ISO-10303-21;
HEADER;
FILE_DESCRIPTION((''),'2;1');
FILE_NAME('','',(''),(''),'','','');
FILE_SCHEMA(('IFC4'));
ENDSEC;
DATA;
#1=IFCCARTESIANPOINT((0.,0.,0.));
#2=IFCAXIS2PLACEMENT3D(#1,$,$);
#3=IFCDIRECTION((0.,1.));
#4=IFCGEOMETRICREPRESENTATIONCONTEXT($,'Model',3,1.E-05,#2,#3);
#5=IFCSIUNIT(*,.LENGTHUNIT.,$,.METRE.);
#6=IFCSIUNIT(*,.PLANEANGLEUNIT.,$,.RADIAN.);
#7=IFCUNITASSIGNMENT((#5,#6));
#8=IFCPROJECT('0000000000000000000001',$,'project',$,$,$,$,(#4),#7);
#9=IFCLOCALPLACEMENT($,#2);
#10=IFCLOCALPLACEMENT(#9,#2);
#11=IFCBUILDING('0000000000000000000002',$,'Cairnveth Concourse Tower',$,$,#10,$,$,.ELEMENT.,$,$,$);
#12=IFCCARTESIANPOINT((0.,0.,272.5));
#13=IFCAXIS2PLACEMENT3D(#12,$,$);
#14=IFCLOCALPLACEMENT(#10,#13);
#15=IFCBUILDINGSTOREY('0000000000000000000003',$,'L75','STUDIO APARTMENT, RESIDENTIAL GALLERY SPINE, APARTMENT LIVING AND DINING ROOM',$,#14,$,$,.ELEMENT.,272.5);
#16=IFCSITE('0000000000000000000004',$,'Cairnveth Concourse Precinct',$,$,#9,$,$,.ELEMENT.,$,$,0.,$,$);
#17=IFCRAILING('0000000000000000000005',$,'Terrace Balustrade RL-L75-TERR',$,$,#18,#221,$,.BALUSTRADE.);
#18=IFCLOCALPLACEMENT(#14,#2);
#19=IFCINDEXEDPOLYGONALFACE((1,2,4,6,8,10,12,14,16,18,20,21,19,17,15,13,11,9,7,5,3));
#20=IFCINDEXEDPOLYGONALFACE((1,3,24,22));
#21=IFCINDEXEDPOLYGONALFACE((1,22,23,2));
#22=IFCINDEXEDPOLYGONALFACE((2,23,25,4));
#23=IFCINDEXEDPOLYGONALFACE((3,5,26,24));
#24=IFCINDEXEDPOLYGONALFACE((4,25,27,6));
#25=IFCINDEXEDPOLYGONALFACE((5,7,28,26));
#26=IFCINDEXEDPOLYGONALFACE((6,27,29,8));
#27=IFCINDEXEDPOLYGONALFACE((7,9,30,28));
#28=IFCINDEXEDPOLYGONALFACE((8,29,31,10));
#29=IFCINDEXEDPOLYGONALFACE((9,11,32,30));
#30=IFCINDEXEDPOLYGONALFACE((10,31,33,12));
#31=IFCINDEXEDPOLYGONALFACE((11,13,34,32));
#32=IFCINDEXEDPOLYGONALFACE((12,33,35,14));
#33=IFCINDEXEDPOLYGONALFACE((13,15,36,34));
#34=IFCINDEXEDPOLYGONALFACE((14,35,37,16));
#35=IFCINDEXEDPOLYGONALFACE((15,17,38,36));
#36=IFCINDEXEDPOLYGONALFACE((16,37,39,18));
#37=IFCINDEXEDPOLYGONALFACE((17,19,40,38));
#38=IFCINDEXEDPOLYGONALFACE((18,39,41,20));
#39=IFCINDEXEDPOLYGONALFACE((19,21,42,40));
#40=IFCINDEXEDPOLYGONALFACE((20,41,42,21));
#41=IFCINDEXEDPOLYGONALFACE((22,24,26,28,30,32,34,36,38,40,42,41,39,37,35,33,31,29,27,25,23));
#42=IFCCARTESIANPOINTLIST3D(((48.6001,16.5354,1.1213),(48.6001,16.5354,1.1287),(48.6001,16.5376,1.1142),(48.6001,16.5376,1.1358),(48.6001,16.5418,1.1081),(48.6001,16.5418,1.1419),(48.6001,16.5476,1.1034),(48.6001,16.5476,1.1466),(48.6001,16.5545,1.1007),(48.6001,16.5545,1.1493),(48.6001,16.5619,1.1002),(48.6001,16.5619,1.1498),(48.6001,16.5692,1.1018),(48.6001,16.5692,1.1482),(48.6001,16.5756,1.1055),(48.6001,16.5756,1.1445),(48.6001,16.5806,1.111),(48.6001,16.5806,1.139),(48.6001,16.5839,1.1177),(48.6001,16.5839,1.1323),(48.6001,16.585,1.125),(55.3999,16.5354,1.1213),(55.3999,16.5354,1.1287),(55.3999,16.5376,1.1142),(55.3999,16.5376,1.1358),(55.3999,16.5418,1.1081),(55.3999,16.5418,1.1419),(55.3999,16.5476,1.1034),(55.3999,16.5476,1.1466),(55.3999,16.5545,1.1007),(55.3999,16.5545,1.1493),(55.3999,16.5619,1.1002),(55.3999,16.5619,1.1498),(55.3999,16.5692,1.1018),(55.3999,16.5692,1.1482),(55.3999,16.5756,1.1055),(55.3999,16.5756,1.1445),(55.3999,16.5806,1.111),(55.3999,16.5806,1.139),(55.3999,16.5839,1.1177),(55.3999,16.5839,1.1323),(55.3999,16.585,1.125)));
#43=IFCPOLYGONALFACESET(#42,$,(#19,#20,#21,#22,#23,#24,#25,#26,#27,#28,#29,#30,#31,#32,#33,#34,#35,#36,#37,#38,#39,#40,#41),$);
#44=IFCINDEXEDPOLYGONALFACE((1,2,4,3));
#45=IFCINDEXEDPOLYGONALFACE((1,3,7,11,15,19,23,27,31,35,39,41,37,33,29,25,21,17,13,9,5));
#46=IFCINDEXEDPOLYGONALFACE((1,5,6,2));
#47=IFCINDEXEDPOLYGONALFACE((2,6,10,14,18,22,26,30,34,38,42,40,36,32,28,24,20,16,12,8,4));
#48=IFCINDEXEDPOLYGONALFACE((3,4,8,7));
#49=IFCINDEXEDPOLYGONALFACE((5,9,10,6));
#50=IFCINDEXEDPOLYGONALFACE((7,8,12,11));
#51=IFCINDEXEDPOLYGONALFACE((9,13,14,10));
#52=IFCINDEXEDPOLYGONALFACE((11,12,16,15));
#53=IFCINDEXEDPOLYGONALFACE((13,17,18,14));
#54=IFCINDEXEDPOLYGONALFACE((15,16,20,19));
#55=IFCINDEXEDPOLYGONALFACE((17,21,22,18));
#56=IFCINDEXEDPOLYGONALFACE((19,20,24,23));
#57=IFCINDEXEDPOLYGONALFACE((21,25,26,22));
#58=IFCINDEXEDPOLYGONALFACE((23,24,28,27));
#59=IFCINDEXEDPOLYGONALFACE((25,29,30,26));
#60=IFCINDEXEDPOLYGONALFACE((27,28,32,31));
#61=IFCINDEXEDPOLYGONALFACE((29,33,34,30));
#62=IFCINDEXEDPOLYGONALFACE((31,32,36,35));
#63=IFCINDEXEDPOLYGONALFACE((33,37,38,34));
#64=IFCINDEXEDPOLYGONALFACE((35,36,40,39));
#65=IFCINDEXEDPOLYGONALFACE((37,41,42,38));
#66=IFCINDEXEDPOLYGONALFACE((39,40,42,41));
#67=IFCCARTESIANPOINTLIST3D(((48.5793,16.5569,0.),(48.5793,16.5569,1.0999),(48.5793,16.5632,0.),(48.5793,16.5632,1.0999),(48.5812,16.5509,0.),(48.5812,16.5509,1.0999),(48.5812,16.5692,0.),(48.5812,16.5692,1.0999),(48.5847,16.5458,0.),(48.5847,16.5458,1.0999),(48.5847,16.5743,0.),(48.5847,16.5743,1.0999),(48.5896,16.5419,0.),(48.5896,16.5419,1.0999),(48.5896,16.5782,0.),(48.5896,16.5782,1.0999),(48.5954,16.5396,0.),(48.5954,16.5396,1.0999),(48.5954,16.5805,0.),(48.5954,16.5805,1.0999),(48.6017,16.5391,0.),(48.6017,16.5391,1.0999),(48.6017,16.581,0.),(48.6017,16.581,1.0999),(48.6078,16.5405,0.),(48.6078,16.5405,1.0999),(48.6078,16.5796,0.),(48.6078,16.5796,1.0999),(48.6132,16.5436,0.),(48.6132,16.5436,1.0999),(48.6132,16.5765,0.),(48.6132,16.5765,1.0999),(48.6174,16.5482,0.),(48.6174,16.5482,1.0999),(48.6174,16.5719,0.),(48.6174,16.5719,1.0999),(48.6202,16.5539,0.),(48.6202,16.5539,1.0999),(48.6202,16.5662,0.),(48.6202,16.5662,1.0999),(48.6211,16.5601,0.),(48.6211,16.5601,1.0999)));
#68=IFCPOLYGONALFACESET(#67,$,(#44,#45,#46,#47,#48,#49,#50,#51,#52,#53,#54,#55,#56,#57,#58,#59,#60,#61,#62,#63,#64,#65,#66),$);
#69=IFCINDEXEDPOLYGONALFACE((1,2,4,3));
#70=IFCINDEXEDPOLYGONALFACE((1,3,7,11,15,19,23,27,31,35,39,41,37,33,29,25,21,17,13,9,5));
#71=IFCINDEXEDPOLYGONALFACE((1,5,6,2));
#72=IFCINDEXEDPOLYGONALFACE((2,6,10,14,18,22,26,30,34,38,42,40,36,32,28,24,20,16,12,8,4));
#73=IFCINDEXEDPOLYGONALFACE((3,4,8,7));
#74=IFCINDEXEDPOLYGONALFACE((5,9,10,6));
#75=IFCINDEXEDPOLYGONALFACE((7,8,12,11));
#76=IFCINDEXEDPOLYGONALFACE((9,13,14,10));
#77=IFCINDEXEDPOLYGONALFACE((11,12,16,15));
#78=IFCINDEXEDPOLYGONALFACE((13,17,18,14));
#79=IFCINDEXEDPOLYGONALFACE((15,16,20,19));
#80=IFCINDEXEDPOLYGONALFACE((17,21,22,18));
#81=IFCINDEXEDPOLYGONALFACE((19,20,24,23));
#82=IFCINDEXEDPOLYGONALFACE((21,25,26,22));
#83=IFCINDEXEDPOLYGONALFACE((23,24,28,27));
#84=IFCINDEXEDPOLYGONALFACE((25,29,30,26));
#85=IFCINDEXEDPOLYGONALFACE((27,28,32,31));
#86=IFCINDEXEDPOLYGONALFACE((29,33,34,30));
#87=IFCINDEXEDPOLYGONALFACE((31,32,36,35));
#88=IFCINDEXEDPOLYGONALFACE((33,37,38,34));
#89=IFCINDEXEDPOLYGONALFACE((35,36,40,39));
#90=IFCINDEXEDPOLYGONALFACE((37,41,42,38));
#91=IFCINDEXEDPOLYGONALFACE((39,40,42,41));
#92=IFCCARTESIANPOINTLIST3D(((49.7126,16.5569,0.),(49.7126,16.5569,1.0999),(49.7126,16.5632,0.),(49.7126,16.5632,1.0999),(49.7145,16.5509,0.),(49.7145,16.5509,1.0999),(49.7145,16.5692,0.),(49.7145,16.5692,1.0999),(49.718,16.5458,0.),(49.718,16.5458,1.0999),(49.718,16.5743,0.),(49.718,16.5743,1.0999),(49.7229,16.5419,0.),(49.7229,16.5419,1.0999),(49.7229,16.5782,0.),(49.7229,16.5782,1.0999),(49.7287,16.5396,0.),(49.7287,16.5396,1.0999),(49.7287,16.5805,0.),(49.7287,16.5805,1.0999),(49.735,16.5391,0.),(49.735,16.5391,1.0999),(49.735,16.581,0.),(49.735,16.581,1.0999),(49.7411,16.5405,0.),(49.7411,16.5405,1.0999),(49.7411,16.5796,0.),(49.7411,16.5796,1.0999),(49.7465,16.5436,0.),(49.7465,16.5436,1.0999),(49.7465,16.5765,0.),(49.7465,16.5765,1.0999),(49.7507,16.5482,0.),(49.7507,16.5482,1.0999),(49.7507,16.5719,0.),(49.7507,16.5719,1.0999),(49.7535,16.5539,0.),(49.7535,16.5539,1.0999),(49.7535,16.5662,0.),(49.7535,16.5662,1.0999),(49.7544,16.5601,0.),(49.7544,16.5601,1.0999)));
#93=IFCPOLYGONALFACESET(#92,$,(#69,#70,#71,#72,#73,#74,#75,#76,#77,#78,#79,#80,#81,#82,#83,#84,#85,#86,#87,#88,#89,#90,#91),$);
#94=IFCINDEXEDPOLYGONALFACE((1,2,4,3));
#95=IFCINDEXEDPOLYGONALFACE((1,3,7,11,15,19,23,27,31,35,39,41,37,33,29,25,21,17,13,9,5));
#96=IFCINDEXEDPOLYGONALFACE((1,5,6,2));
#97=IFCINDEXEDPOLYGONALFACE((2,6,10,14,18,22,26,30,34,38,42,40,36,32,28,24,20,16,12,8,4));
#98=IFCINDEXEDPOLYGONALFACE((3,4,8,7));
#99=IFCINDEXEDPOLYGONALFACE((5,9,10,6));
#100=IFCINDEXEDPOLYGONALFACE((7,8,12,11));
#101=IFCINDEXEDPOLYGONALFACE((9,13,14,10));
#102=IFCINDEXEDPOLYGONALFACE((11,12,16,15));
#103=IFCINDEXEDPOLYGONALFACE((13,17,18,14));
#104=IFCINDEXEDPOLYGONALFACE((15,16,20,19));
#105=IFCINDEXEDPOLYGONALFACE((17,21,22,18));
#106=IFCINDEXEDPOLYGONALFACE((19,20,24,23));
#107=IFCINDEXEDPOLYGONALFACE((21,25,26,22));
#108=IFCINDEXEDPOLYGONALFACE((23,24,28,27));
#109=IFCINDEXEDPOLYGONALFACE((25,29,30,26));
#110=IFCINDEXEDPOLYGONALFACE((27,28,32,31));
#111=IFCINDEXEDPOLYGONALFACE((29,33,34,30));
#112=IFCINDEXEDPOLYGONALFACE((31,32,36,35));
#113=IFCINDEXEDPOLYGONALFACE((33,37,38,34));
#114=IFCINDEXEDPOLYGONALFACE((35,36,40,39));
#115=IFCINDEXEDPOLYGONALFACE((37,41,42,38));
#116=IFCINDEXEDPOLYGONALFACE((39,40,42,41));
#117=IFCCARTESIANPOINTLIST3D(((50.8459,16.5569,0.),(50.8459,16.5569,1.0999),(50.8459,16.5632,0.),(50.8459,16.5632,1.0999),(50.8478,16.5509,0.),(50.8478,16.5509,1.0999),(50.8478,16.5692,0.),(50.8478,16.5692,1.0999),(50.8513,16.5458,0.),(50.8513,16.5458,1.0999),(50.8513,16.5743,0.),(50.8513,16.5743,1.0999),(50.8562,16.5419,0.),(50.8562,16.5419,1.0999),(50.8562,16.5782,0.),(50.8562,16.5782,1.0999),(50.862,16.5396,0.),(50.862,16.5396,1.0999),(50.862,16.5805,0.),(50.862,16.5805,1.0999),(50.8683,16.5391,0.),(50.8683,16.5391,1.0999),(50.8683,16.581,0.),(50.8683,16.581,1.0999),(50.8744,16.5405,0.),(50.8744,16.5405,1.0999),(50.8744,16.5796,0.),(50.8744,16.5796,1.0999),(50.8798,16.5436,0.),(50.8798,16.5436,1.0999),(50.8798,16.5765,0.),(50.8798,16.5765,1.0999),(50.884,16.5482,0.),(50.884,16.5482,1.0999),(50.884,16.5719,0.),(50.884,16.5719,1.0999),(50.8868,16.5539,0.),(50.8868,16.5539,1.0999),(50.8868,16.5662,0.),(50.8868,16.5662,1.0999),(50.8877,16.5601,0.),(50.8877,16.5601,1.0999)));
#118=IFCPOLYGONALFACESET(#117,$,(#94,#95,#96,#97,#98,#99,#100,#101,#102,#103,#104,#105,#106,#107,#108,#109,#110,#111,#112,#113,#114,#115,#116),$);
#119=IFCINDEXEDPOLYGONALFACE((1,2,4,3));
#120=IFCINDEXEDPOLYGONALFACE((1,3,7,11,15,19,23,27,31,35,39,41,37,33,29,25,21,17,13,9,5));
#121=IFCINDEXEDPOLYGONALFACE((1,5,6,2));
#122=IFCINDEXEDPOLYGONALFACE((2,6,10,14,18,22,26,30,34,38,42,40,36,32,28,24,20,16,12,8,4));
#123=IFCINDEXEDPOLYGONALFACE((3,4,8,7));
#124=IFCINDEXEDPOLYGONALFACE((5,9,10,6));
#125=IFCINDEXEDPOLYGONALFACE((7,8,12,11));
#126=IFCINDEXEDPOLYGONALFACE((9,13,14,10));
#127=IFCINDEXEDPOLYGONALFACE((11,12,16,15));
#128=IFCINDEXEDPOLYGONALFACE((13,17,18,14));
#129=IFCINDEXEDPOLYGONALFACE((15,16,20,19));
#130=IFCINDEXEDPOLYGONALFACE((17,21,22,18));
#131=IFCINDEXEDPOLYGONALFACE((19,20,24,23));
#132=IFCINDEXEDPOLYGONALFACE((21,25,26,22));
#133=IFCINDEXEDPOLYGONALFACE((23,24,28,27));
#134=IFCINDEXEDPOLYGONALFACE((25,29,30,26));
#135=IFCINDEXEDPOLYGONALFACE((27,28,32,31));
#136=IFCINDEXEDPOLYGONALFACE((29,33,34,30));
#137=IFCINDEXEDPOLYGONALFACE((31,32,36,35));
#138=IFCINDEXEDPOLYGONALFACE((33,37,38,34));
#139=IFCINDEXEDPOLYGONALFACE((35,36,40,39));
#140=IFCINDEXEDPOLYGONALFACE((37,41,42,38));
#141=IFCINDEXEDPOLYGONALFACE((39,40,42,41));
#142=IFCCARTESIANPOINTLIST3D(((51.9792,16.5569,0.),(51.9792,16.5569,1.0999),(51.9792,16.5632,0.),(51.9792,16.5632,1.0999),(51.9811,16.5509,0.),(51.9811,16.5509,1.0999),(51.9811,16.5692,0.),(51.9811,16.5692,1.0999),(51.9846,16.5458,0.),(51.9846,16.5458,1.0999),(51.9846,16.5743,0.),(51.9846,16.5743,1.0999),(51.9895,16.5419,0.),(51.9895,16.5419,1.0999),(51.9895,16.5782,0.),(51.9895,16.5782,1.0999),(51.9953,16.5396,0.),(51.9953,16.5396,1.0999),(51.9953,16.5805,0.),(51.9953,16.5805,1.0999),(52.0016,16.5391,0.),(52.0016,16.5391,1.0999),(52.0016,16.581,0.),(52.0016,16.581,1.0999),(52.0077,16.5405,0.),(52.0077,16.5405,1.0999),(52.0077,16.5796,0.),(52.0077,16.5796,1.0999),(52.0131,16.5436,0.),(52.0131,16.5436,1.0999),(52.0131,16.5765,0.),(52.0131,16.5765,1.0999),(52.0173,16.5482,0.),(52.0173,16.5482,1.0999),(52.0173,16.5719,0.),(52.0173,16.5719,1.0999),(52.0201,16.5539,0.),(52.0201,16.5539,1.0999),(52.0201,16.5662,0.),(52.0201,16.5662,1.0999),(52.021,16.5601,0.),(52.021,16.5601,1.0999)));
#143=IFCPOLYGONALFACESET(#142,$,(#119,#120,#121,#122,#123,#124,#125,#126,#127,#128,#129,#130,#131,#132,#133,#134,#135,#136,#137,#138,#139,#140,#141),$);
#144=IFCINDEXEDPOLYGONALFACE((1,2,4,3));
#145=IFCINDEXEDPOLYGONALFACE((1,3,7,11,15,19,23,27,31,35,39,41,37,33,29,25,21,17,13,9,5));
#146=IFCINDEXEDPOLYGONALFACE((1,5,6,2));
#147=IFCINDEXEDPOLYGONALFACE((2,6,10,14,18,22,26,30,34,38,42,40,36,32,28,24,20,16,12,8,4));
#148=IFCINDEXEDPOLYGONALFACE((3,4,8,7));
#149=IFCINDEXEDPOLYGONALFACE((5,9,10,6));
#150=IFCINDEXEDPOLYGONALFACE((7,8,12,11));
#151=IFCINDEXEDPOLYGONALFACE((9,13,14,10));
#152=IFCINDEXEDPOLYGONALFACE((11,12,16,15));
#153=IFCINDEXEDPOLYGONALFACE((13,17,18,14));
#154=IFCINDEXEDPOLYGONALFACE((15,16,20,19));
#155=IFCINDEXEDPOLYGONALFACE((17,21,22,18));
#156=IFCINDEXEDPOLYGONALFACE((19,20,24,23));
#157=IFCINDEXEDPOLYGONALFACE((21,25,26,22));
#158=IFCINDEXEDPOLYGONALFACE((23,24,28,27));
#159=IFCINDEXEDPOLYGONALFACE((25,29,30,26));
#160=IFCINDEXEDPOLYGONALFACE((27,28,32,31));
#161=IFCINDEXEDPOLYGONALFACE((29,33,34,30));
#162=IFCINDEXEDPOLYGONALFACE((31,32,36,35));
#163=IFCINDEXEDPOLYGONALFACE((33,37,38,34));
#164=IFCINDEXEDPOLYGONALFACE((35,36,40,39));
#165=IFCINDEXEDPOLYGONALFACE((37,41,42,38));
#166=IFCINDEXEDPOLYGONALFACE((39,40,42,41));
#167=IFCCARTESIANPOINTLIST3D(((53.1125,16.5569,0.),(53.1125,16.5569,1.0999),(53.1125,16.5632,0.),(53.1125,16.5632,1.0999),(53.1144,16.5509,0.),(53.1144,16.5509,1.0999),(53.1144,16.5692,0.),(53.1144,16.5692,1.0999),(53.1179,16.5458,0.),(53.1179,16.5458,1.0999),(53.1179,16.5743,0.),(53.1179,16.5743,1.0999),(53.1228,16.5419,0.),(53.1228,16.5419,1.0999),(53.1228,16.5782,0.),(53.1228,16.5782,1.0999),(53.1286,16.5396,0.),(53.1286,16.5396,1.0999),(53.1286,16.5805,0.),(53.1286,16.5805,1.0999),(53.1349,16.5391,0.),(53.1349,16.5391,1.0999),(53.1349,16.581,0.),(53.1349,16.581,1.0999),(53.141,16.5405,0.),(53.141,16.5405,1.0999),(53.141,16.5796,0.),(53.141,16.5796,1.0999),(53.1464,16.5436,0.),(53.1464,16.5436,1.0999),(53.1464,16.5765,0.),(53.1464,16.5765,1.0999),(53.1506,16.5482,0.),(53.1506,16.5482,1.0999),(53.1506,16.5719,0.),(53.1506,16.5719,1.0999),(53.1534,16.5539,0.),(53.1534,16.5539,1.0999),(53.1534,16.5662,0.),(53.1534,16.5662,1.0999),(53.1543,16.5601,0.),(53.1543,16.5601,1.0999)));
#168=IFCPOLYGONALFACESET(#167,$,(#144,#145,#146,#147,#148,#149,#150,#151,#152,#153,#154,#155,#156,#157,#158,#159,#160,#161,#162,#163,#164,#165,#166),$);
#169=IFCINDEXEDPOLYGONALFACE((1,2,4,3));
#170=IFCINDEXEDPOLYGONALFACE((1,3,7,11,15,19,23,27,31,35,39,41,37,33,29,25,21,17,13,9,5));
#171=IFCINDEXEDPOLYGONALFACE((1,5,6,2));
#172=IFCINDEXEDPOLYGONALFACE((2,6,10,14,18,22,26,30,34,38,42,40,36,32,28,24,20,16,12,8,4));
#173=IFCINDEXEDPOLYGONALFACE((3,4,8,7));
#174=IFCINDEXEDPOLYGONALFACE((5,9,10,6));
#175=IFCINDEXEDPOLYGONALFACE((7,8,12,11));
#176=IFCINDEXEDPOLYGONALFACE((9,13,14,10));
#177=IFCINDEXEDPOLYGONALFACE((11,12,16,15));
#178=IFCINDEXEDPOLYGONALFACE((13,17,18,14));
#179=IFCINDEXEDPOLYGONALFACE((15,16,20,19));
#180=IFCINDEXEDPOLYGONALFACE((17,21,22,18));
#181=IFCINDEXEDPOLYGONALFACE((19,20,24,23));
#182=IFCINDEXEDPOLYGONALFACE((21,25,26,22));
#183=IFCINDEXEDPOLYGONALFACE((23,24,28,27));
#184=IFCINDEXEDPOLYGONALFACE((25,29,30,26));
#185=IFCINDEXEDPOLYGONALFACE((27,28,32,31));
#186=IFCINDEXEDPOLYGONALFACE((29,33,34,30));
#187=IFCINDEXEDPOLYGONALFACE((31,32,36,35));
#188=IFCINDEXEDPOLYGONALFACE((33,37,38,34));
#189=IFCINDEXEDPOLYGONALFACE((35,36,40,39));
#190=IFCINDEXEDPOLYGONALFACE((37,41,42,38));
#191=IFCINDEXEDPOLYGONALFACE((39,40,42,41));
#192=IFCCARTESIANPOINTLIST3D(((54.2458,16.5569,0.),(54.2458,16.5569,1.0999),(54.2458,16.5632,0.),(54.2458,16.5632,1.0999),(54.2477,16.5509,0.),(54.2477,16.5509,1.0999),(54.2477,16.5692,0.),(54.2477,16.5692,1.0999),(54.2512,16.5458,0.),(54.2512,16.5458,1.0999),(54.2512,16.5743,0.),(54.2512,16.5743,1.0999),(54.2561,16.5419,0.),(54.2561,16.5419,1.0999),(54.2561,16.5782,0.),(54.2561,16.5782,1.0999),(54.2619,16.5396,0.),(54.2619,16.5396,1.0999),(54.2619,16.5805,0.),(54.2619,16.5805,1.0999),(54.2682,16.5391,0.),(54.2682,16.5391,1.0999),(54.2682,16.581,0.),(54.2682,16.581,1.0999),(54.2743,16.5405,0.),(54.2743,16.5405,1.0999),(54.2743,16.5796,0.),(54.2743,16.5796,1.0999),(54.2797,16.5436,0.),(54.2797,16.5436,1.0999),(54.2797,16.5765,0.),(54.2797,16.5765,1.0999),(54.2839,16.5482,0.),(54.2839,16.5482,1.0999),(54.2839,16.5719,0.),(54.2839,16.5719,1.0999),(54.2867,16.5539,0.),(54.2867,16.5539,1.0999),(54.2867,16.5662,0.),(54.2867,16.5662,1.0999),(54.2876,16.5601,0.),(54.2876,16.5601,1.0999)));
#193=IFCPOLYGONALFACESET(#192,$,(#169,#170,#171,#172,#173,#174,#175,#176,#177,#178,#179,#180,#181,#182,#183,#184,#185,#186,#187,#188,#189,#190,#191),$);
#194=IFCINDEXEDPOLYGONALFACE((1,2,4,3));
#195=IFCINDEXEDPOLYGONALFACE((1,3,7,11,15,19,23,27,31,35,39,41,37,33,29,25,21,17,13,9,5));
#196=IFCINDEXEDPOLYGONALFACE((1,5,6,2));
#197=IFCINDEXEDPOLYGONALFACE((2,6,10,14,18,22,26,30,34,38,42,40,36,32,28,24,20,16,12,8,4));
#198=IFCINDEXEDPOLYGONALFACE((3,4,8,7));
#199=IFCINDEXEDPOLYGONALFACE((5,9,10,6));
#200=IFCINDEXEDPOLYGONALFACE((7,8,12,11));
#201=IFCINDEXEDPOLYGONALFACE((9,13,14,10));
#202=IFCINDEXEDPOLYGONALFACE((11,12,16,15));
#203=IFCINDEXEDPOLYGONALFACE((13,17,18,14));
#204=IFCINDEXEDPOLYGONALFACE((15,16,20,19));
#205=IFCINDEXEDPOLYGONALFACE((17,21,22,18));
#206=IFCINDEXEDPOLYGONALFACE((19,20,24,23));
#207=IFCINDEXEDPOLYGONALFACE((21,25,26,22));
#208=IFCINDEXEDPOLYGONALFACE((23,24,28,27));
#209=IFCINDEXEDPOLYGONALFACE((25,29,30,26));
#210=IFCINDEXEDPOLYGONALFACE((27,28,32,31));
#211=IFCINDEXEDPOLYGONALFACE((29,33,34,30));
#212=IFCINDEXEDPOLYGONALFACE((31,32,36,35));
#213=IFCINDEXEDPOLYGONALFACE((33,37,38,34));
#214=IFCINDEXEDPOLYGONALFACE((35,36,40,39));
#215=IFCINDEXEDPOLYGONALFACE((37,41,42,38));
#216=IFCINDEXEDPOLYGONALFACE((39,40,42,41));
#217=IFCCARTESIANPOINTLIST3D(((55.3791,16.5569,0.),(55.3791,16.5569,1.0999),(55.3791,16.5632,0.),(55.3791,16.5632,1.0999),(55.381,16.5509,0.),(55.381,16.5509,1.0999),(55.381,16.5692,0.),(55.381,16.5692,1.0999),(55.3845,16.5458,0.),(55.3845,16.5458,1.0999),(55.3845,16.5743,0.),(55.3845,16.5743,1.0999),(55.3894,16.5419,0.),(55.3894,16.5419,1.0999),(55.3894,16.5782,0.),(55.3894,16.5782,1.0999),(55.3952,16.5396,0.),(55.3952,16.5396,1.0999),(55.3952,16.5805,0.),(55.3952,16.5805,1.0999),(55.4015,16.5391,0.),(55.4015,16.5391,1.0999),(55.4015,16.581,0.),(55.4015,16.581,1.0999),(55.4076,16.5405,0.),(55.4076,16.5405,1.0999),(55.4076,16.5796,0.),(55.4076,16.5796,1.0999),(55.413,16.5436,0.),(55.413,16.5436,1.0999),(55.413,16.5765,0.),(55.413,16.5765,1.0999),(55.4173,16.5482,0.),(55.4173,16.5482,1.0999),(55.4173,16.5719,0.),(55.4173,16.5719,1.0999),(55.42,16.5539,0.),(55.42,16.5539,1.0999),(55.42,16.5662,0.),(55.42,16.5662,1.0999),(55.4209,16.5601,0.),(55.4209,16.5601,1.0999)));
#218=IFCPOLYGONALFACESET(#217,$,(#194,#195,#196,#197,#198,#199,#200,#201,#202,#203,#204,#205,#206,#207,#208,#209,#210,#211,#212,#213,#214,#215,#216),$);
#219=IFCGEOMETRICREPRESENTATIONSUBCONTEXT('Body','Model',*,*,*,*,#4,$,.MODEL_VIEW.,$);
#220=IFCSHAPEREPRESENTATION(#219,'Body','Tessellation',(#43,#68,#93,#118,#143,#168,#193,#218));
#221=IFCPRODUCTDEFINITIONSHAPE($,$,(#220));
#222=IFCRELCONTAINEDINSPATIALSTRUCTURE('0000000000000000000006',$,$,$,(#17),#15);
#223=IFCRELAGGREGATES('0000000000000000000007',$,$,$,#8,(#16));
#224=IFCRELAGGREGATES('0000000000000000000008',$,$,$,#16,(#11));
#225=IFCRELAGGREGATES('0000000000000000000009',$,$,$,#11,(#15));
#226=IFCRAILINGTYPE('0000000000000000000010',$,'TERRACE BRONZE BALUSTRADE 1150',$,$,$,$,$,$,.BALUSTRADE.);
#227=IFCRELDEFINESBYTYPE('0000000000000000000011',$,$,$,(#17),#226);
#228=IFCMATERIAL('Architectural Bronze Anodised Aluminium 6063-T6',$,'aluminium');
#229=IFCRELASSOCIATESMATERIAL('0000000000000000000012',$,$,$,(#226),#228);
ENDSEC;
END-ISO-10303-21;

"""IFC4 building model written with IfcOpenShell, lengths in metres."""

from ifc_helpers import new_model, si_unit, direction, frame, origin, origin_2d, place, context, subcontext, project, spatial, circle, extrude, material, type_object, element, save


model = new_model("IFC4")

# Units and contexts
model_context = context("Model", 3, precision=1e-05, world=origin(), true_north=direction((0.0, 1.0)))
body_context = subcontext(model_context, "Body", "Model", "MODEL_VIEW")
ifc_project = project(units=[si_unit("LENGTHUNIT", "METRE"), si_unit("PLANEANGLEUNIT", "RADIAN")], contexts=[model_context])

# Site, building, storey
site_placement = place(None, origin())
site = spatial("IfcSite", under=ifc_project, at=site_placement, Name="Cairnveth Concourse Precinct", CompositionType="ELEMENT", RefElevation=0.0)
building_placement = place(site_placement, origin())
building = spatial("IfcBuilding", under=site, at=building_placement, Name="Cairnveth Concourse Tower", CompositionType="ELEMENT")
storey_placement = place(building_placement, frame((0.0, 0.0, 272.5)))
storey = spatial("IfcBuildingStorey", under=building, at=storey_placement, Name="L75", Description="STUDIO APARTMENT, RESIDENTIAL GALLERY SPINE, APARTMENT LIVING AND DINING ROOM", CompositionType="ELEMENT", Elevation=272.5)

# Shared definitions
ifc_material_1 = material(Name="Architectural Bronze Anodised Aluminium 6063-T6", Category="aluminium")

# Railing
railing_type = type_object("IfcRailingType", Name="TERRACE BRONZE BALUSTRADE 1150", PredefinedType="BALUSTRADE", material=ifc_material_1)
railing_placement = place(storey_placement, frame((48.6001, 16.5601, 0.0)))
element("IfcRailing", 1, at=railing_placement, inside=storey, type_object=railing_type, Name="Terrace Balustrade RL-L75-TERR", PredefinedType="BALUSTRADE", context=body_context, shape_type="SweptSolid", body=[
    extrude(circle(Radius=0.0249, at=origin_2d()), frame((0.0, 0.0, 1.125), z_axis=(1.0, 0.0, 0.0), x_axis=(0.0, 1.0, 0.0)), (0.0, 0.0, 1.0), 6.7998),
    extrude(circle(Radius=0.021, at=origin_2d()), origin(), (0.0, 0.0, 1.0), 1.0999),
    extrude(circle(Radius=0.021, at=origin_2d()), frame((1.1333, 0.0, 0.0)), (0.0, 0.0, 1.0), 1.0999),
    extrude(circle(Radius=0.021, at=origin_2d()), frame((2.2666, 0.0, 0.0)), (0.0, 0.0, 1.0), 1.0999),
    extrude(circle(Radius=0.021, at=origin_2d()), frame((3.3999, 0.0, 0.0)), (0.0, 0.0, 1.0), 1.0999),
    extrude(circle(Radius=0.021, at=origin_2d()), frame((4.5332, 0.0, 0.0)), (0.0, 0.0, 1.0), 1.0999),
    extrude(circle(Radius=0.021, at=origin_2d()), frame((5.6665, 0.0, 0.0)), (0.0, 0.0, 1.0), 1.0999),
    extrude(circle(Radius=0.021, at=origin_2d()), frame((6.7998, 0.0, 0.0)), (0.0, 0.0, 1.0), 1.0999),
])

save(model, "model.ifc")
